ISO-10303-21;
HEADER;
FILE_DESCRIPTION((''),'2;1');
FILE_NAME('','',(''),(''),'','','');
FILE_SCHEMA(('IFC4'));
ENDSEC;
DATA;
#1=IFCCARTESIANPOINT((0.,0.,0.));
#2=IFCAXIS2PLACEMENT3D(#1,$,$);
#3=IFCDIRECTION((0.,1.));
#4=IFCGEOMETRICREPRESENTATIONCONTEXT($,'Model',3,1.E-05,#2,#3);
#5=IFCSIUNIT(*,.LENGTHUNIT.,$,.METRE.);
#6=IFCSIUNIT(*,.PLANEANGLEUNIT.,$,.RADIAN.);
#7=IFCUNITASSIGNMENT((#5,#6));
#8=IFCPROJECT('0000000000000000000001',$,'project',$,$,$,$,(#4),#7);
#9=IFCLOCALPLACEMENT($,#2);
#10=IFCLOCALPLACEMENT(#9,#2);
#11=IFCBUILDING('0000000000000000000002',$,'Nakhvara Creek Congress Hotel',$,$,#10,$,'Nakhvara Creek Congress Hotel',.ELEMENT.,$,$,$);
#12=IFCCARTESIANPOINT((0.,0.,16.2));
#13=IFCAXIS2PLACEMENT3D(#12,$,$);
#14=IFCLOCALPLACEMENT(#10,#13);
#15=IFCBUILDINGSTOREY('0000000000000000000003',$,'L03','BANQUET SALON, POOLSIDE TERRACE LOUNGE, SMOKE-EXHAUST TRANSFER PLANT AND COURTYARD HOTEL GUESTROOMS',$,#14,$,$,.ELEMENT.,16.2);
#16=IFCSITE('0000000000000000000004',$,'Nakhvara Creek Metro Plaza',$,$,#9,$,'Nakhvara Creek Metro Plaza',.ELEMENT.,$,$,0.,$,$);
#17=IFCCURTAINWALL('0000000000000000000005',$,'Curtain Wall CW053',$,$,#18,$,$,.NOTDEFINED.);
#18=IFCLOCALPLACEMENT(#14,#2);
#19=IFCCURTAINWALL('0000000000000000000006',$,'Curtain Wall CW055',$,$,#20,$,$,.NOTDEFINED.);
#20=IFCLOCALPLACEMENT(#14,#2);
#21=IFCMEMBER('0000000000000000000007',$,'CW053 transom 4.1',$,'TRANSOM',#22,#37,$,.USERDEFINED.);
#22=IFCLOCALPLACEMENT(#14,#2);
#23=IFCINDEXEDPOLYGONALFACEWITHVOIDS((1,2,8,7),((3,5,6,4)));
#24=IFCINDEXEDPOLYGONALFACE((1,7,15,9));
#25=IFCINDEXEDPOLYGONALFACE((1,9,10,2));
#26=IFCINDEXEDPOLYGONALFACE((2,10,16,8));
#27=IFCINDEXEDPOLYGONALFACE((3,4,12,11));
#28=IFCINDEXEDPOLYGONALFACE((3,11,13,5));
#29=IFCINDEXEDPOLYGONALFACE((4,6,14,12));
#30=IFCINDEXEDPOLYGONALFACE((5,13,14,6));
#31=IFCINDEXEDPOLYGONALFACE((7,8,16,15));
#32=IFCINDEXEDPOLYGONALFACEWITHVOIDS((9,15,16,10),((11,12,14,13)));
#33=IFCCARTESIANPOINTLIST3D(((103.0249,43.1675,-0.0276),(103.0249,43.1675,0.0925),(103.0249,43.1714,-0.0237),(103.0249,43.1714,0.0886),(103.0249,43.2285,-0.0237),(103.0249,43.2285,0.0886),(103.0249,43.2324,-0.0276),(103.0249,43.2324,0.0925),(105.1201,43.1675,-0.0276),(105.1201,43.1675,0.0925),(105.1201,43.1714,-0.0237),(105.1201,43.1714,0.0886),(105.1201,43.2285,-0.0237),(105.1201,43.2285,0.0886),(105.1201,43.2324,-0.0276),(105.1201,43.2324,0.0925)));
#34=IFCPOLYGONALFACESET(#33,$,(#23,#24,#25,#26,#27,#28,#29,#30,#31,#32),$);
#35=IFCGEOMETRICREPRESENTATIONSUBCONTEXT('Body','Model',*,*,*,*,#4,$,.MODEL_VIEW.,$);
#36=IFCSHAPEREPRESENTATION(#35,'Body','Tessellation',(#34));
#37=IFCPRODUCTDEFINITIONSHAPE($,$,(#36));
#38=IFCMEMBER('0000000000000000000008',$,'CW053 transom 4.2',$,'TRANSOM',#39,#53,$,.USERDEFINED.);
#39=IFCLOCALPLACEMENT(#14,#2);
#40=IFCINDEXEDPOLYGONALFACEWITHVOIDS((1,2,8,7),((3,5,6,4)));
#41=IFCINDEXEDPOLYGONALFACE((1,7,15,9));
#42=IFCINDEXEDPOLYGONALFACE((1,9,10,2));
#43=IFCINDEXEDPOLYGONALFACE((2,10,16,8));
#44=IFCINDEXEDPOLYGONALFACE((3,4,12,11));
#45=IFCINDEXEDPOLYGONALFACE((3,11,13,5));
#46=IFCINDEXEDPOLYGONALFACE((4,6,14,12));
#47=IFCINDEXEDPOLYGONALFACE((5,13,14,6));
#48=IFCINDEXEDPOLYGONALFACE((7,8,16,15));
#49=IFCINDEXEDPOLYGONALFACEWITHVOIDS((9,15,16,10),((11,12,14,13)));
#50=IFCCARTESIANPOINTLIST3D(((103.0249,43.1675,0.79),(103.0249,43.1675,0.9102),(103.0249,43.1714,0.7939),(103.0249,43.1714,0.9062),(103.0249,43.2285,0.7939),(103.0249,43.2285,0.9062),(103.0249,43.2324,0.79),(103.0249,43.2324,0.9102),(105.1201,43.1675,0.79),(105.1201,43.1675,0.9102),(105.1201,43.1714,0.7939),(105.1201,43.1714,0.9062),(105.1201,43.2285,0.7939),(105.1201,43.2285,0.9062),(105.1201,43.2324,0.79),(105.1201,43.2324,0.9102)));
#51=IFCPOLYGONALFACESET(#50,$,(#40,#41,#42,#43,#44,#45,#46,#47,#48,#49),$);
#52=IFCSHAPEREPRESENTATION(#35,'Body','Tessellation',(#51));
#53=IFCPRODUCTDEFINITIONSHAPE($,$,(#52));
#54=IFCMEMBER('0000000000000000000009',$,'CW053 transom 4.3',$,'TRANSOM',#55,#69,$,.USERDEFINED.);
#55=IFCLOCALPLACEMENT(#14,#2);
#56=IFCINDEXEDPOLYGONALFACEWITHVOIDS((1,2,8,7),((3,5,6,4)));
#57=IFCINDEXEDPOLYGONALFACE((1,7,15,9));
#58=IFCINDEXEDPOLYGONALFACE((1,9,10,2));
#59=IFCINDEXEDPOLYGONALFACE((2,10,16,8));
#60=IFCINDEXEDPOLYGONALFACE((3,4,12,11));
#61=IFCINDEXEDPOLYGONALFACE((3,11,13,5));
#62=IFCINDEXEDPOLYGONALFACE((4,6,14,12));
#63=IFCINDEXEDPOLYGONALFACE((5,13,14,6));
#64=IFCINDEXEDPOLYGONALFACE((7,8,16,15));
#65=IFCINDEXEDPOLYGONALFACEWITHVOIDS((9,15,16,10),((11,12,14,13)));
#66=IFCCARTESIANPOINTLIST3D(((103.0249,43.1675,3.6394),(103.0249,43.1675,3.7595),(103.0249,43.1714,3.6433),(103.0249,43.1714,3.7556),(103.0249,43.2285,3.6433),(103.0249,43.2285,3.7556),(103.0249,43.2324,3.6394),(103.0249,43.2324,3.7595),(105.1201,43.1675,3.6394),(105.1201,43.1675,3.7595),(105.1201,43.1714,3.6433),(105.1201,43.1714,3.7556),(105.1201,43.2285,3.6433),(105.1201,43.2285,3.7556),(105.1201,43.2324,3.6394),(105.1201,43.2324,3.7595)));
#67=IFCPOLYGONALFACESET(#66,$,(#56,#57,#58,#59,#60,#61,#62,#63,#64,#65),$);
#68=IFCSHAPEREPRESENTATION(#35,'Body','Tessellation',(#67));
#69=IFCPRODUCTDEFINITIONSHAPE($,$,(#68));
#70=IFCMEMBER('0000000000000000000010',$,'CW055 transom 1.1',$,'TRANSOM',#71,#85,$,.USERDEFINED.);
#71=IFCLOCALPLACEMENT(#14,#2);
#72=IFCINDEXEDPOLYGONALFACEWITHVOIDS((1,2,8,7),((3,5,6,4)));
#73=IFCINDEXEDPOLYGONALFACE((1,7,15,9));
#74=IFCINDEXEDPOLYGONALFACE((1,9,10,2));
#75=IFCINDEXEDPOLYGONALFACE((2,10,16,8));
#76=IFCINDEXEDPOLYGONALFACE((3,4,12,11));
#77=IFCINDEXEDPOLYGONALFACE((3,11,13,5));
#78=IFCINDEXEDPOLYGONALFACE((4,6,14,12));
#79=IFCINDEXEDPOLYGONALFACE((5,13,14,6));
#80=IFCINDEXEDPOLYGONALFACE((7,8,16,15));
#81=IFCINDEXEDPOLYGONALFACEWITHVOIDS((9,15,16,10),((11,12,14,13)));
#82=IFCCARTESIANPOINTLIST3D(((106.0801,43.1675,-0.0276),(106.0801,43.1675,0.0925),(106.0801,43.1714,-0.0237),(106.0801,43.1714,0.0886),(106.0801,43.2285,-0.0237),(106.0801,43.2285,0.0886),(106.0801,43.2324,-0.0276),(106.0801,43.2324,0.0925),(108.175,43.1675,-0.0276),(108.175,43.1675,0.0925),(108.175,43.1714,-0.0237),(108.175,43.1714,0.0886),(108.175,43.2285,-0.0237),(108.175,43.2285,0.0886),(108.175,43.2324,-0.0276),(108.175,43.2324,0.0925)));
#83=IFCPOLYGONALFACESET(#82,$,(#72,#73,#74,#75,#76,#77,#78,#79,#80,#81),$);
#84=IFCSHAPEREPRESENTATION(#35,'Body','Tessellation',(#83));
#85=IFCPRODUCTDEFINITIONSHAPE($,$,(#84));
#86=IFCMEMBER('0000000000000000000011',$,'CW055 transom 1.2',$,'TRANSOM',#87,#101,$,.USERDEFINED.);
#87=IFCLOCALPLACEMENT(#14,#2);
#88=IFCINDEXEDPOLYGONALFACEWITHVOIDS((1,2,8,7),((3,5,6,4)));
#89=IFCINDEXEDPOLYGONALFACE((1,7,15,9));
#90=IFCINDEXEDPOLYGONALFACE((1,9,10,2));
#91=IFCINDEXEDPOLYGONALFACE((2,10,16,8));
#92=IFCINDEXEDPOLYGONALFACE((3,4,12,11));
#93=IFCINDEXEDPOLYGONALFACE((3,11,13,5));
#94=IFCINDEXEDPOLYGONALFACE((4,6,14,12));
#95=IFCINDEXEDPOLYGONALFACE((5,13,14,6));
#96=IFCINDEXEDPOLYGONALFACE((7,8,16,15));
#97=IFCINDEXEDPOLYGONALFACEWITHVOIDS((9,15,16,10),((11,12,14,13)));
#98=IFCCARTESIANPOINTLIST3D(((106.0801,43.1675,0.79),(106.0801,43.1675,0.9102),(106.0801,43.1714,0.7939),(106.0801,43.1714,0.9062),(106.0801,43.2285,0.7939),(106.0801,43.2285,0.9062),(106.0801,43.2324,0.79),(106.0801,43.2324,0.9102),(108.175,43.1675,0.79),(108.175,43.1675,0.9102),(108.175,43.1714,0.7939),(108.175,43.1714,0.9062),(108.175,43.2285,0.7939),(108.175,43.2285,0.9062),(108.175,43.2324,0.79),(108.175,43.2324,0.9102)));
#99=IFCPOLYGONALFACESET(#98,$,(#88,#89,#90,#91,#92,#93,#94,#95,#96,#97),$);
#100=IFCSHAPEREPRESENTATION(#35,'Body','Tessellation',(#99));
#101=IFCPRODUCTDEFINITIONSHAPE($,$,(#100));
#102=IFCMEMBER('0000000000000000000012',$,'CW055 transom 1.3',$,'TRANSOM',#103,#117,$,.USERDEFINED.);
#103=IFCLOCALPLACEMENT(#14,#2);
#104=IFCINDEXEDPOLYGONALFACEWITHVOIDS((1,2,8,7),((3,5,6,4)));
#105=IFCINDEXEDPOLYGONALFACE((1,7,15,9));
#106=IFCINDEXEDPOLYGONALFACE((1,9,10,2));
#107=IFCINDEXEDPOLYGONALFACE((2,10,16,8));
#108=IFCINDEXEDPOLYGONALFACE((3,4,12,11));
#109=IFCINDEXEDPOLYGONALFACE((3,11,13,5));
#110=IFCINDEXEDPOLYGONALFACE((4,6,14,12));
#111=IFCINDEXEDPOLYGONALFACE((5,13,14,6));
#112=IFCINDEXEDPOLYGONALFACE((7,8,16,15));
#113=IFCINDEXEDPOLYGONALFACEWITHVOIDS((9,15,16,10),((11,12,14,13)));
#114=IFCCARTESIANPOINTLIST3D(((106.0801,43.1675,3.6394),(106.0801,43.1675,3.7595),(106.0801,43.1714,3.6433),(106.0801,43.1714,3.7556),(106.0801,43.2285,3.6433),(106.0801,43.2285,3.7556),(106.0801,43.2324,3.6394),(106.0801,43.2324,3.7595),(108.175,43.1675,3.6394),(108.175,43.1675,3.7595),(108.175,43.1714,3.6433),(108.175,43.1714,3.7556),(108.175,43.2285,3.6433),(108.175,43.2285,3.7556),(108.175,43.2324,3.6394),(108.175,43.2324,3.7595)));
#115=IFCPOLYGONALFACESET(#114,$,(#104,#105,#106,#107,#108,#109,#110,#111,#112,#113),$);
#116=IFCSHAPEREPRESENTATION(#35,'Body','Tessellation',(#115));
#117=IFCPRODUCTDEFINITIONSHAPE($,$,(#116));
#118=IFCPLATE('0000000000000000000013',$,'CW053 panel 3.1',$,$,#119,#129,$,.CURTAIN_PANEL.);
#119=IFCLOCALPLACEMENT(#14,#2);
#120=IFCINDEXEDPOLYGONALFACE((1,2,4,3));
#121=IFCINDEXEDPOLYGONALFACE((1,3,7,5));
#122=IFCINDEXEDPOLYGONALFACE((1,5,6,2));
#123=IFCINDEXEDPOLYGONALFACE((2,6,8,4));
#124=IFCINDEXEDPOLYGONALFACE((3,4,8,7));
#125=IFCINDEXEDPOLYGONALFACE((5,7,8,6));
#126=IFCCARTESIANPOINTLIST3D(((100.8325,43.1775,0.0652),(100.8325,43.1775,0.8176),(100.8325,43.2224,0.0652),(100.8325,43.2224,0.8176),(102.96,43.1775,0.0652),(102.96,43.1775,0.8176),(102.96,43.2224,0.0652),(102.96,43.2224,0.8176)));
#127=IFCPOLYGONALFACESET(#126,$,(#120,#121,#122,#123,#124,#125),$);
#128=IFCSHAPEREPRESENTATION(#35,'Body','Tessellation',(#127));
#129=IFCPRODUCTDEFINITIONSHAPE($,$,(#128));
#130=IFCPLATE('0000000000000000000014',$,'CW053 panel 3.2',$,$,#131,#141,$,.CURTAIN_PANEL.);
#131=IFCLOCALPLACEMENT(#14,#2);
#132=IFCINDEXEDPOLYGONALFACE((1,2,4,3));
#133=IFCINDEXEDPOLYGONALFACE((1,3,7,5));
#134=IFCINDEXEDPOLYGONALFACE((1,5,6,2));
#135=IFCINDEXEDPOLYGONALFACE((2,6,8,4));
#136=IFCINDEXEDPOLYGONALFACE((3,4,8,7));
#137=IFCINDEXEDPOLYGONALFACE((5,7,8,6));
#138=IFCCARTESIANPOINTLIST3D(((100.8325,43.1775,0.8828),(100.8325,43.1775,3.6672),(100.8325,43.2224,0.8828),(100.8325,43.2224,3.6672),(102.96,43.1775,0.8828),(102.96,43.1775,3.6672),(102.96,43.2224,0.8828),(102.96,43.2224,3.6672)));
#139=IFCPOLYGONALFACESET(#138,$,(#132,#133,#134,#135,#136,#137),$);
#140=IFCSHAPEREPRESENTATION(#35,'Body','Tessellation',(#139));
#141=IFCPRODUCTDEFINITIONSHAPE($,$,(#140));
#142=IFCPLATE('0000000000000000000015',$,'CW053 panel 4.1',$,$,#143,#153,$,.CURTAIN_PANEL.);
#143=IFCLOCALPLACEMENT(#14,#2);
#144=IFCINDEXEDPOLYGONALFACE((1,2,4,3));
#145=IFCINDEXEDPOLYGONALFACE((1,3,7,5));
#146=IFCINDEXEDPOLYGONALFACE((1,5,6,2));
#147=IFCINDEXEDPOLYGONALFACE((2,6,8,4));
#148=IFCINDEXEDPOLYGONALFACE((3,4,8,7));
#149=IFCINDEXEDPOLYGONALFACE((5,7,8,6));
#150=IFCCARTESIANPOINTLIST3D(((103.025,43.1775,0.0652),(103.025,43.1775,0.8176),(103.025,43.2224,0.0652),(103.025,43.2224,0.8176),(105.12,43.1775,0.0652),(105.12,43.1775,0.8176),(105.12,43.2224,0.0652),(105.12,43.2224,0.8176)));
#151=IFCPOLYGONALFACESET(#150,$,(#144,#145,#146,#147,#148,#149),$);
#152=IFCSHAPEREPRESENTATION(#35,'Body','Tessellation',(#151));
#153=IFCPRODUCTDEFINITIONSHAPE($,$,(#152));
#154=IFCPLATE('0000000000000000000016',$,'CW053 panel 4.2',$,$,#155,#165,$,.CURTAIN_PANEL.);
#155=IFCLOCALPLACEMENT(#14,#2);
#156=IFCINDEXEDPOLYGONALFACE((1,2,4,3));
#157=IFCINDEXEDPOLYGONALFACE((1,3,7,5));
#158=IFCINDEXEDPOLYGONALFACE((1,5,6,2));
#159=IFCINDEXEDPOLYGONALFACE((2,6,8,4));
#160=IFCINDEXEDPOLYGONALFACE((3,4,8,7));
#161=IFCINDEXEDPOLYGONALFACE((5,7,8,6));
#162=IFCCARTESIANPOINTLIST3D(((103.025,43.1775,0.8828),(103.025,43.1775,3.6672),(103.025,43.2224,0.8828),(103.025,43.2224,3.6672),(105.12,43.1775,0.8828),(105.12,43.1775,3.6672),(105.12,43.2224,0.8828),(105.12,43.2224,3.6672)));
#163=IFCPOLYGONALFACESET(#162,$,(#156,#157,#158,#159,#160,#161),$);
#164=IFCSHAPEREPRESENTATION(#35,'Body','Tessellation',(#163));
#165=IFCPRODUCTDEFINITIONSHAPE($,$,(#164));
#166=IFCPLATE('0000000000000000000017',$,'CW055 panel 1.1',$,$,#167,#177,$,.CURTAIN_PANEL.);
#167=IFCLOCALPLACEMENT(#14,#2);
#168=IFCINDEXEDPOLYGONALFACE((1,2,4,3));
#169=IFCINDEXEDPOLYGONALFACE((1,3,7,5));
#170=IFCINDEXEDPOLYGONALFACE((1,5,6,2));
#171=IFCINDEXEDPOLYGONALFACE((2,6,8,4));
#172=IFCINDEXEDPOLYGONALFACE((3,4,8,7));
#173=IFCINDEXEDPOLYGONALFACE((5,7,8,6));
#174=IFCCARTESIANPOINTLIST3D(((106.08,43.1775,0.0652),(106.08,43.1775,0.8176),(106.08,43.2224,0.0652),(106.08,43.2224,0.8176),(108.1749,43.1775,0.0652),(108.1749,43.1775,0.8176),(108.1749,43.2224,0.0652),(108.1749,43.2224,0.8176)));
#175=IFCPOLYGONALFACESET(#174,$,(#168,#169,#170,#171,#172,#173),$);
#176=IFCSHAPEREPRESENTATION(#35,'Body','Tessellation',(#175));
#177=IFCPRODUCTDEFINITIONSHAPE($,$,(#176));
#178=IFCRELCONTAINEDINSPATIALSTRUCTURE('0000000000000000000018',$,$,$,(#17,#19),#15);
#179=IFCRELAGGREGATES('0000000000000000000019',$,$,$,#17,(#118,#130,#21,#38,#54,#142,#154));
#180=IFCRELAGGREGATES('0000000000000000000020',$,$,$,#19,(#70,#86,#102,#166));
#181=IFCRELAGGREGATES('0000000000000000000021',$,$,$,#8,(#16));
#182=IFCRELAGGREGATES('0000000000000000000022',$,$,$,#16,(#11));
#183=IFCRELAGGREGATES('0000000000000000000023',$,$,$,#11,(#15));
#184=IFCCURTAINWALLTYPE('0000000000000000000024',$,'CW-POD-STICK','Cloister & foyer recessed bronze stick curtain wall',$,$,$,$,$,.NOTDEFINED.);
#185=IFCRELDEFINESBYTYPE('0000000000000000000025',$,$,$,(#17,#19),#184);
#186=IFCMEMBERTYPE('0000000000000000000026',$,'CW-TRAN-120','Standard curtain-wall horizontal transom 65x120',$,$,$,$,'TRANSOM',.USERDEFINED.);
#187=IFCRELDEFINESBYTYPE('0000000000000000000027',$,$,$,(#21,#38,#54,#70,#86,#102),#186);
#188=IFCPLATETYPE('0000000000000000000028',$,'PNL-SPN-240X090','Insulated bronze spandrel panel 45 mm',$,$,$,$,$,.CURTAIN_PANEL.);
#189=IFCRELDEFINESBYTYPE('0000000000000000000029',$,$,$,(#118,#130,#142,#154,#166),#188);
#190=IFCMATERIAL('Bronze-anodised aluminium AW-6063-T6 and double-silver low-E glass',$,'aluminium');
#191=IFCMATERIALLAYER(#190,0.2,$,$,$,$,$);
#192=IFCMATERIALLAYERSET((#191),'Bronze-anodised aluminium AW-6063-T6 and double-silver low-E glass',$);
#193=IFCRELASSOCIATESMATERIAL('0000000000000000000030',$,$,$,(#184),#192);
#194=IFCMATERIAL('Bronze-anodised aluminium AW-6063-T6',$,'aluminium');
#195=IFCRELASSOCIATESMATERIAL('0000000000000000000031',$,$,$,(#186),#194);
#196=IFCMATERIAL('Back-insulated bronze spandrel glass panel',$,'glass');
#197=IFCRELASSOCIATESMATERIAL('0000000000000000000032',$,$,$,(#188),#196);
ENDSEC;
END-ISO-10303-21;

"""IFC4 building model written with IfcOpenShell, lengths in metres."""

from ifc_helpers import new_model, si_unit, direction, frame, origin, origin_2d, place, context, subcontext, project, spatial, rectangle, hollow_rectangle, extrude, material, layer, layer_set, material_profile, profile_set, type_object, element, aggregate, save


model = new_model("IFC4")

# Units and contexts
model_context = context("Model", 3, precision=1e-05, world=origin(), true_north=direction((0.0, 1.0)))
body_context = subcontext(model_context, "Body", "Model", "MODEL_VIEW")
ifc_project = project(units=[si_unit("LENGTHUNIT", "METRE"), si_unit("PLANEANGLEUNIT", "RADIAN")], contexts=[model_context])

# Site, building, storey
site_placement = place(None, origin())
site = spatial("IfcSite", under=ifc_project, at=site_placement, Name="Nakhvara Creek Metro Plaza", LongName="Nakhvara Creek Metro Plaza", CompositionType="ELEMENT", RefElevation=0.0)
building_placement = place(site_placement, origin())
building = spatial("IfcBuilding", under=site, at=building_placement, Name="Nakhvara Creek Congress Hotel", LongName="Nakhvara Creek Congress Hotel", CompositionType="ELEMENT")
storey_placement = place(building_placement, frame((0.0, 0.0, 16.2)))
storey = spatial("IfcBuildingStorey", under=building, at=storey_placement, Name="L03", Description="BANQUET SALON, POOLSIDE TERRACE LOUNGE, SMOKE-EXHAUST TRANSFER PLANT AND COURTYARD HOTEL GUESTROOMS", CompositionType="ELEMENT", Elevation=16.2)

# Curtain wall
ifc_material_1 = material(Name="Bronze-anodised aluminium AW-6063-T6 and double-silver low-E glass", Category="aluminium")
ifc_layer = layer(ifc_material_1, 0.2)
ifc_layer_set = layer_set([ifc_layer], Name="Bronze-anodised aluminium AW-6063-T6 and double-silver low-E glass")
curtain_wall_type = type_object("IfcCurtainWallType", Name="CW-POD-STICK", Description="Cloister & foyer recessed bronze stick curtain wall", PredefinedType="NOTDEFINED", material=ifc_layer_set)
curtain_wall_1_placement = place(storey_placement, origin())
curtain_wall_1 = element("IfcCurtainWall", 1, at=curtain_wall_1_placement, inside=storey, type_object=curtain_wall_type, Name="Curtain Wall CW053", PredefinedType="NOTDEFINED")
ifc_material_2 = material(Name="Bronze-anodised aluminium AW-6063-T6", Category="aluminium")

# Curtain wall
curtain_wall_2_placement = place(storey_placement, origin())
curtain_wall_2 = element("IfcCurtainWall", 2, at=curtain_wall_2_placement, inside=storey, type_object=curtain_wall_type, Name="Curtain Wall CW055", PredefinedType="NOTDEFINED")

# Members
ifc_material_profile_1 = material_profile(ifc_material_2, hollow_rectangle(XDim=0.0649, YDim=0.1201, WallThickness=0.0039, at=origin_2d()), Name="ALU-TRAN 65x120x4", Category="LoadBearing")
ifc_profile_set_1 = profile_set([ifc_material_profile_1], Name="Bronze-anodised aluminium AW-6063-T6")
member_type_1 = type_object("IfcMemberType", Name="CW-TRAN-120", Description="Standard curtain-wall horizontal transom 65x120", ElementType="TRANSOM", PredefinedType="USERDEFINED", material=ifc_profile_set_1)
member_1_placement = place(storey_placement, frame((103.0249, 43.2, 0.0325), z_axis=(1.0, 0.0, 0.0), x_axis=(0.0, 1.0, 0.0)))
member_1 = element("IfcMember", 3, at=member_1_placement, type_object=member_type_1, Name="CW053 transom 4.1", ObjectType="TRANSOM", PredefinedType="USERDEFINED", context=body_context, shape_type="SweptSolid", body=[
    extrude(hollow_rectangle(XDim=0.0649, YDim=0.1201, WallThickness=0.0039, at=origin_2d()), origin(), (0.0, 0.0, 1.0), 2.0952),
])
member_2_placement = place(storey_placement, frame((103.0249, 43.2, 0.8501), z_axis=(1.0, 0.0, 0.0), x_axis=(0.0, 1.0, 0.0)))
member_2 = element("IfcMember", 4, at=member_2_placement, type_object=member_type_1, Name="CW053 transom 4.2", ObjectType="TRANSOM", PredefinedType="USERDEFINED", context=body_context, shape_type="SweptSolid", body=[
    extrude(hollow_rectangle(XDim=0.0649, YDim=0.1201, WallThickness=0.0039, at=origin_2d()), origin(), (0.0, 0.0, 1.0), 2.0952),
])
member_3_placement = place(storey_placement, frame((103.0249, 43.2, 3.6995), z_axis=(1.0, 0.0, 0.0), x_axis=(0.0, 1.0, 0.0)))
member_3 = element("IfcMember", 5, at=member_3_placement, type_object=member_type_1, Name="CW053 transom 4.3", ObjectType="TRANSOM", PredefinedType="USERDEFINED", context=body_context, shape_type="SweptSolid", body=[
    extrude(hollow_rectangle(XDim=0.0649, YDim=0.1201, WallThickness=0.0039, at=origin_2d()), origin(), (0.0, 0.0, 1.0), 2.0952),
])
member_4_placement = place(storey_placement, frame((106.0801, 43.2, 0.0325), z_axis=(1.0, 0.0, 0.0), x_axis=(0.0, 1.0, 0.0)))
member_4 = element("IfcMember", 6, at=member_4_placement, type_object=member_type_1, Name="CW055 transom 1.1", ObjectType="TRANSOM", PredefinedType="USERDEFINED", context=body_context, shape_type="SweptSolid", body=[
    extrude(hollow_rectangle(XDim=0.0649, YDim=0.1201, WallThickness=0.0039, at=origin_2d()), origin(), (0.0, 0.0, 1.0), 2.095),
])
member_5_placement = place(storey_placement, frame((106.0801, 43.2, 0.8501), z_axis=(1.0, 0.0, 0.0), x_axis=(0.0, 1.0, 0.0)))
member_5 = element("IfcMember", 7, at=member_5_placement, type_object=member_type_1, Name="CW055 transom 1.2", ObjectType="TRANSOM", PredefinedType="USERDEFINED", context=body_context, shape_type="SweptSolid", body=[
    extrude(hollow_rectangle(XDim=0.0649, YDim=0.1201, WallThickness=0.0039, at=origin_2d()), origin(), (0.0, 0.0, 1.0), 2.095),
])
member_6_placement = place(storey_placement, frame((106.0801, 43.2, 3.6995), z_axis=(1.0, 0.0, 0.0), x_axis=(0.0, 1.0, 0.0)))
member_6 = element("IfcMember", 8, at=member_6_placement, type_object=member_type_1, Name="CW055 transom 1.3", ObjectType="TRANSOM", PredefinedType="USERDEFINED", context=body_context, shape_type="SweptSolid", body=[
    extrude(hollow_rectangle(XDim=0.0649, YDim=0.1201, WallThickness=0.0039, at=origin_2d()), origin(), (0.0, 0.0, 1.0), 2.095),
])

# Plates
ifc_material_3 = material(Name="Back-insulated bronze spandrel glass panel", Category="glass")
plate_type = type_object("IfcPlateType", Name="PNL-SPN-240X090", Description="Insulated bronze spandrel panel 45 mm", PredefinedType="CURTAIN_PANEL", material=ifc_material_3)
plate_1_placement = place(storey_placement, frame((101.8962, 43.2, 0.0652), z_axis=(0.0, 0.0, 1.0), x_axis=(1.0, 0.0, 0.0)))
plate_1 = element("IfcPlate", 9, at=plate_1_placement, type_object=plate_type, Name="CW053 panel 3.1", PredefinedType="CURTAIN_PANEL", context=body_context, shape_type="SweptSolid", body=[
    extrude(rectangle(XDim=2.1274, YDim=0.0449, at=origin_2d()), origin(), (0.0, 0.0, 1.0), 0.7524),
])
plate_2_placement = place(storey_placement, frame((101.8962, 43.2, 0.8828), z_axis=(0.0, 0.0, 1.0), x_axis=(1.0, 0.0, 0.0)))
plate_2 = element("IfcPlate", 10, at=plate_2_placement, type_object=plate_type, Name="CW053 panel 3.2", PredefinedType="CURTAIN_PANEL", context=body_context, shape_type="SweptSolid", body=[
    extrude(rectangle(XDim=2.1274, YDim=0.0449, at=origin_2d()), origin(), (0.0, 0.0, 1.0), 2.7844),
])
plate_3_placement = place(storey_placement, frame((104.0725, 43.2, 0.0652), z_axis=(0.0, 0.0, 1.0), x_axis=(1.0, 0.0, 0.0)))
plate_3 = element("IfcPlate", 11, at=plate_3_placement, type_object=plate_type, Name="CW053 panel 4.1", PredefinedType="CURTAIN_PANEL", context=body_context, shape_type="SweptSolid", body=[
    extrude(rectangle(XDim=2.095, YDim=0.0449, at=origin_2d()), origin(), (0.0, 0.0, 1.0), 0.7524),
])
plate_4_placement = place(storey_placement, frame((104.0725, 43.2, 0.8828), z_axis=(0.0, 0.0, 1.0), x_axis=(1.0, 0.0, 0.0)))
plate_4 = element("IfcPlate", 12, at=plate_4_placement, type_object=plate_type, Name="CW053 panel 4.2", PredefinedType="CURTAIN_PANEL", context=body_context, shape_type="SweptSolid", body=[
    extrude(rectangle(XDim=2.095, YDim=0.0449, at=origin_2d()), origin(), (0.0, 0.0, 1.0), 2.7844),
])
aggregate(curtain_wall_1, [plate_1, plate_2, member_1, member_2, member_3, plate_3, plate_4])
plate_5_placement = place(storey_placement, frame((107.1274, 43.2, 0.0652), z_axis=(0.0, 0.0, 1.0), x_axis=(1.0, 0.0, 0.0)))
plate_5 = element("IfcPlate", 13, at=plate_5_placement, type_object=plate_type, Name="CW055 panel 1.1", PredefinedType="CURTAIN_PANEL", context=body_context, shape_type="SweptSolid", body=[
    extrude(rectangle(XDim=2.095, YDim=0.0449, at=origin_2d()), origin(), (0.0, 0.0, 1.0), 0.7524),
])
aggregate(curtain_wall_2, [member_4, member_5, member_6, plate_5])

save(model, "model.ifc")
